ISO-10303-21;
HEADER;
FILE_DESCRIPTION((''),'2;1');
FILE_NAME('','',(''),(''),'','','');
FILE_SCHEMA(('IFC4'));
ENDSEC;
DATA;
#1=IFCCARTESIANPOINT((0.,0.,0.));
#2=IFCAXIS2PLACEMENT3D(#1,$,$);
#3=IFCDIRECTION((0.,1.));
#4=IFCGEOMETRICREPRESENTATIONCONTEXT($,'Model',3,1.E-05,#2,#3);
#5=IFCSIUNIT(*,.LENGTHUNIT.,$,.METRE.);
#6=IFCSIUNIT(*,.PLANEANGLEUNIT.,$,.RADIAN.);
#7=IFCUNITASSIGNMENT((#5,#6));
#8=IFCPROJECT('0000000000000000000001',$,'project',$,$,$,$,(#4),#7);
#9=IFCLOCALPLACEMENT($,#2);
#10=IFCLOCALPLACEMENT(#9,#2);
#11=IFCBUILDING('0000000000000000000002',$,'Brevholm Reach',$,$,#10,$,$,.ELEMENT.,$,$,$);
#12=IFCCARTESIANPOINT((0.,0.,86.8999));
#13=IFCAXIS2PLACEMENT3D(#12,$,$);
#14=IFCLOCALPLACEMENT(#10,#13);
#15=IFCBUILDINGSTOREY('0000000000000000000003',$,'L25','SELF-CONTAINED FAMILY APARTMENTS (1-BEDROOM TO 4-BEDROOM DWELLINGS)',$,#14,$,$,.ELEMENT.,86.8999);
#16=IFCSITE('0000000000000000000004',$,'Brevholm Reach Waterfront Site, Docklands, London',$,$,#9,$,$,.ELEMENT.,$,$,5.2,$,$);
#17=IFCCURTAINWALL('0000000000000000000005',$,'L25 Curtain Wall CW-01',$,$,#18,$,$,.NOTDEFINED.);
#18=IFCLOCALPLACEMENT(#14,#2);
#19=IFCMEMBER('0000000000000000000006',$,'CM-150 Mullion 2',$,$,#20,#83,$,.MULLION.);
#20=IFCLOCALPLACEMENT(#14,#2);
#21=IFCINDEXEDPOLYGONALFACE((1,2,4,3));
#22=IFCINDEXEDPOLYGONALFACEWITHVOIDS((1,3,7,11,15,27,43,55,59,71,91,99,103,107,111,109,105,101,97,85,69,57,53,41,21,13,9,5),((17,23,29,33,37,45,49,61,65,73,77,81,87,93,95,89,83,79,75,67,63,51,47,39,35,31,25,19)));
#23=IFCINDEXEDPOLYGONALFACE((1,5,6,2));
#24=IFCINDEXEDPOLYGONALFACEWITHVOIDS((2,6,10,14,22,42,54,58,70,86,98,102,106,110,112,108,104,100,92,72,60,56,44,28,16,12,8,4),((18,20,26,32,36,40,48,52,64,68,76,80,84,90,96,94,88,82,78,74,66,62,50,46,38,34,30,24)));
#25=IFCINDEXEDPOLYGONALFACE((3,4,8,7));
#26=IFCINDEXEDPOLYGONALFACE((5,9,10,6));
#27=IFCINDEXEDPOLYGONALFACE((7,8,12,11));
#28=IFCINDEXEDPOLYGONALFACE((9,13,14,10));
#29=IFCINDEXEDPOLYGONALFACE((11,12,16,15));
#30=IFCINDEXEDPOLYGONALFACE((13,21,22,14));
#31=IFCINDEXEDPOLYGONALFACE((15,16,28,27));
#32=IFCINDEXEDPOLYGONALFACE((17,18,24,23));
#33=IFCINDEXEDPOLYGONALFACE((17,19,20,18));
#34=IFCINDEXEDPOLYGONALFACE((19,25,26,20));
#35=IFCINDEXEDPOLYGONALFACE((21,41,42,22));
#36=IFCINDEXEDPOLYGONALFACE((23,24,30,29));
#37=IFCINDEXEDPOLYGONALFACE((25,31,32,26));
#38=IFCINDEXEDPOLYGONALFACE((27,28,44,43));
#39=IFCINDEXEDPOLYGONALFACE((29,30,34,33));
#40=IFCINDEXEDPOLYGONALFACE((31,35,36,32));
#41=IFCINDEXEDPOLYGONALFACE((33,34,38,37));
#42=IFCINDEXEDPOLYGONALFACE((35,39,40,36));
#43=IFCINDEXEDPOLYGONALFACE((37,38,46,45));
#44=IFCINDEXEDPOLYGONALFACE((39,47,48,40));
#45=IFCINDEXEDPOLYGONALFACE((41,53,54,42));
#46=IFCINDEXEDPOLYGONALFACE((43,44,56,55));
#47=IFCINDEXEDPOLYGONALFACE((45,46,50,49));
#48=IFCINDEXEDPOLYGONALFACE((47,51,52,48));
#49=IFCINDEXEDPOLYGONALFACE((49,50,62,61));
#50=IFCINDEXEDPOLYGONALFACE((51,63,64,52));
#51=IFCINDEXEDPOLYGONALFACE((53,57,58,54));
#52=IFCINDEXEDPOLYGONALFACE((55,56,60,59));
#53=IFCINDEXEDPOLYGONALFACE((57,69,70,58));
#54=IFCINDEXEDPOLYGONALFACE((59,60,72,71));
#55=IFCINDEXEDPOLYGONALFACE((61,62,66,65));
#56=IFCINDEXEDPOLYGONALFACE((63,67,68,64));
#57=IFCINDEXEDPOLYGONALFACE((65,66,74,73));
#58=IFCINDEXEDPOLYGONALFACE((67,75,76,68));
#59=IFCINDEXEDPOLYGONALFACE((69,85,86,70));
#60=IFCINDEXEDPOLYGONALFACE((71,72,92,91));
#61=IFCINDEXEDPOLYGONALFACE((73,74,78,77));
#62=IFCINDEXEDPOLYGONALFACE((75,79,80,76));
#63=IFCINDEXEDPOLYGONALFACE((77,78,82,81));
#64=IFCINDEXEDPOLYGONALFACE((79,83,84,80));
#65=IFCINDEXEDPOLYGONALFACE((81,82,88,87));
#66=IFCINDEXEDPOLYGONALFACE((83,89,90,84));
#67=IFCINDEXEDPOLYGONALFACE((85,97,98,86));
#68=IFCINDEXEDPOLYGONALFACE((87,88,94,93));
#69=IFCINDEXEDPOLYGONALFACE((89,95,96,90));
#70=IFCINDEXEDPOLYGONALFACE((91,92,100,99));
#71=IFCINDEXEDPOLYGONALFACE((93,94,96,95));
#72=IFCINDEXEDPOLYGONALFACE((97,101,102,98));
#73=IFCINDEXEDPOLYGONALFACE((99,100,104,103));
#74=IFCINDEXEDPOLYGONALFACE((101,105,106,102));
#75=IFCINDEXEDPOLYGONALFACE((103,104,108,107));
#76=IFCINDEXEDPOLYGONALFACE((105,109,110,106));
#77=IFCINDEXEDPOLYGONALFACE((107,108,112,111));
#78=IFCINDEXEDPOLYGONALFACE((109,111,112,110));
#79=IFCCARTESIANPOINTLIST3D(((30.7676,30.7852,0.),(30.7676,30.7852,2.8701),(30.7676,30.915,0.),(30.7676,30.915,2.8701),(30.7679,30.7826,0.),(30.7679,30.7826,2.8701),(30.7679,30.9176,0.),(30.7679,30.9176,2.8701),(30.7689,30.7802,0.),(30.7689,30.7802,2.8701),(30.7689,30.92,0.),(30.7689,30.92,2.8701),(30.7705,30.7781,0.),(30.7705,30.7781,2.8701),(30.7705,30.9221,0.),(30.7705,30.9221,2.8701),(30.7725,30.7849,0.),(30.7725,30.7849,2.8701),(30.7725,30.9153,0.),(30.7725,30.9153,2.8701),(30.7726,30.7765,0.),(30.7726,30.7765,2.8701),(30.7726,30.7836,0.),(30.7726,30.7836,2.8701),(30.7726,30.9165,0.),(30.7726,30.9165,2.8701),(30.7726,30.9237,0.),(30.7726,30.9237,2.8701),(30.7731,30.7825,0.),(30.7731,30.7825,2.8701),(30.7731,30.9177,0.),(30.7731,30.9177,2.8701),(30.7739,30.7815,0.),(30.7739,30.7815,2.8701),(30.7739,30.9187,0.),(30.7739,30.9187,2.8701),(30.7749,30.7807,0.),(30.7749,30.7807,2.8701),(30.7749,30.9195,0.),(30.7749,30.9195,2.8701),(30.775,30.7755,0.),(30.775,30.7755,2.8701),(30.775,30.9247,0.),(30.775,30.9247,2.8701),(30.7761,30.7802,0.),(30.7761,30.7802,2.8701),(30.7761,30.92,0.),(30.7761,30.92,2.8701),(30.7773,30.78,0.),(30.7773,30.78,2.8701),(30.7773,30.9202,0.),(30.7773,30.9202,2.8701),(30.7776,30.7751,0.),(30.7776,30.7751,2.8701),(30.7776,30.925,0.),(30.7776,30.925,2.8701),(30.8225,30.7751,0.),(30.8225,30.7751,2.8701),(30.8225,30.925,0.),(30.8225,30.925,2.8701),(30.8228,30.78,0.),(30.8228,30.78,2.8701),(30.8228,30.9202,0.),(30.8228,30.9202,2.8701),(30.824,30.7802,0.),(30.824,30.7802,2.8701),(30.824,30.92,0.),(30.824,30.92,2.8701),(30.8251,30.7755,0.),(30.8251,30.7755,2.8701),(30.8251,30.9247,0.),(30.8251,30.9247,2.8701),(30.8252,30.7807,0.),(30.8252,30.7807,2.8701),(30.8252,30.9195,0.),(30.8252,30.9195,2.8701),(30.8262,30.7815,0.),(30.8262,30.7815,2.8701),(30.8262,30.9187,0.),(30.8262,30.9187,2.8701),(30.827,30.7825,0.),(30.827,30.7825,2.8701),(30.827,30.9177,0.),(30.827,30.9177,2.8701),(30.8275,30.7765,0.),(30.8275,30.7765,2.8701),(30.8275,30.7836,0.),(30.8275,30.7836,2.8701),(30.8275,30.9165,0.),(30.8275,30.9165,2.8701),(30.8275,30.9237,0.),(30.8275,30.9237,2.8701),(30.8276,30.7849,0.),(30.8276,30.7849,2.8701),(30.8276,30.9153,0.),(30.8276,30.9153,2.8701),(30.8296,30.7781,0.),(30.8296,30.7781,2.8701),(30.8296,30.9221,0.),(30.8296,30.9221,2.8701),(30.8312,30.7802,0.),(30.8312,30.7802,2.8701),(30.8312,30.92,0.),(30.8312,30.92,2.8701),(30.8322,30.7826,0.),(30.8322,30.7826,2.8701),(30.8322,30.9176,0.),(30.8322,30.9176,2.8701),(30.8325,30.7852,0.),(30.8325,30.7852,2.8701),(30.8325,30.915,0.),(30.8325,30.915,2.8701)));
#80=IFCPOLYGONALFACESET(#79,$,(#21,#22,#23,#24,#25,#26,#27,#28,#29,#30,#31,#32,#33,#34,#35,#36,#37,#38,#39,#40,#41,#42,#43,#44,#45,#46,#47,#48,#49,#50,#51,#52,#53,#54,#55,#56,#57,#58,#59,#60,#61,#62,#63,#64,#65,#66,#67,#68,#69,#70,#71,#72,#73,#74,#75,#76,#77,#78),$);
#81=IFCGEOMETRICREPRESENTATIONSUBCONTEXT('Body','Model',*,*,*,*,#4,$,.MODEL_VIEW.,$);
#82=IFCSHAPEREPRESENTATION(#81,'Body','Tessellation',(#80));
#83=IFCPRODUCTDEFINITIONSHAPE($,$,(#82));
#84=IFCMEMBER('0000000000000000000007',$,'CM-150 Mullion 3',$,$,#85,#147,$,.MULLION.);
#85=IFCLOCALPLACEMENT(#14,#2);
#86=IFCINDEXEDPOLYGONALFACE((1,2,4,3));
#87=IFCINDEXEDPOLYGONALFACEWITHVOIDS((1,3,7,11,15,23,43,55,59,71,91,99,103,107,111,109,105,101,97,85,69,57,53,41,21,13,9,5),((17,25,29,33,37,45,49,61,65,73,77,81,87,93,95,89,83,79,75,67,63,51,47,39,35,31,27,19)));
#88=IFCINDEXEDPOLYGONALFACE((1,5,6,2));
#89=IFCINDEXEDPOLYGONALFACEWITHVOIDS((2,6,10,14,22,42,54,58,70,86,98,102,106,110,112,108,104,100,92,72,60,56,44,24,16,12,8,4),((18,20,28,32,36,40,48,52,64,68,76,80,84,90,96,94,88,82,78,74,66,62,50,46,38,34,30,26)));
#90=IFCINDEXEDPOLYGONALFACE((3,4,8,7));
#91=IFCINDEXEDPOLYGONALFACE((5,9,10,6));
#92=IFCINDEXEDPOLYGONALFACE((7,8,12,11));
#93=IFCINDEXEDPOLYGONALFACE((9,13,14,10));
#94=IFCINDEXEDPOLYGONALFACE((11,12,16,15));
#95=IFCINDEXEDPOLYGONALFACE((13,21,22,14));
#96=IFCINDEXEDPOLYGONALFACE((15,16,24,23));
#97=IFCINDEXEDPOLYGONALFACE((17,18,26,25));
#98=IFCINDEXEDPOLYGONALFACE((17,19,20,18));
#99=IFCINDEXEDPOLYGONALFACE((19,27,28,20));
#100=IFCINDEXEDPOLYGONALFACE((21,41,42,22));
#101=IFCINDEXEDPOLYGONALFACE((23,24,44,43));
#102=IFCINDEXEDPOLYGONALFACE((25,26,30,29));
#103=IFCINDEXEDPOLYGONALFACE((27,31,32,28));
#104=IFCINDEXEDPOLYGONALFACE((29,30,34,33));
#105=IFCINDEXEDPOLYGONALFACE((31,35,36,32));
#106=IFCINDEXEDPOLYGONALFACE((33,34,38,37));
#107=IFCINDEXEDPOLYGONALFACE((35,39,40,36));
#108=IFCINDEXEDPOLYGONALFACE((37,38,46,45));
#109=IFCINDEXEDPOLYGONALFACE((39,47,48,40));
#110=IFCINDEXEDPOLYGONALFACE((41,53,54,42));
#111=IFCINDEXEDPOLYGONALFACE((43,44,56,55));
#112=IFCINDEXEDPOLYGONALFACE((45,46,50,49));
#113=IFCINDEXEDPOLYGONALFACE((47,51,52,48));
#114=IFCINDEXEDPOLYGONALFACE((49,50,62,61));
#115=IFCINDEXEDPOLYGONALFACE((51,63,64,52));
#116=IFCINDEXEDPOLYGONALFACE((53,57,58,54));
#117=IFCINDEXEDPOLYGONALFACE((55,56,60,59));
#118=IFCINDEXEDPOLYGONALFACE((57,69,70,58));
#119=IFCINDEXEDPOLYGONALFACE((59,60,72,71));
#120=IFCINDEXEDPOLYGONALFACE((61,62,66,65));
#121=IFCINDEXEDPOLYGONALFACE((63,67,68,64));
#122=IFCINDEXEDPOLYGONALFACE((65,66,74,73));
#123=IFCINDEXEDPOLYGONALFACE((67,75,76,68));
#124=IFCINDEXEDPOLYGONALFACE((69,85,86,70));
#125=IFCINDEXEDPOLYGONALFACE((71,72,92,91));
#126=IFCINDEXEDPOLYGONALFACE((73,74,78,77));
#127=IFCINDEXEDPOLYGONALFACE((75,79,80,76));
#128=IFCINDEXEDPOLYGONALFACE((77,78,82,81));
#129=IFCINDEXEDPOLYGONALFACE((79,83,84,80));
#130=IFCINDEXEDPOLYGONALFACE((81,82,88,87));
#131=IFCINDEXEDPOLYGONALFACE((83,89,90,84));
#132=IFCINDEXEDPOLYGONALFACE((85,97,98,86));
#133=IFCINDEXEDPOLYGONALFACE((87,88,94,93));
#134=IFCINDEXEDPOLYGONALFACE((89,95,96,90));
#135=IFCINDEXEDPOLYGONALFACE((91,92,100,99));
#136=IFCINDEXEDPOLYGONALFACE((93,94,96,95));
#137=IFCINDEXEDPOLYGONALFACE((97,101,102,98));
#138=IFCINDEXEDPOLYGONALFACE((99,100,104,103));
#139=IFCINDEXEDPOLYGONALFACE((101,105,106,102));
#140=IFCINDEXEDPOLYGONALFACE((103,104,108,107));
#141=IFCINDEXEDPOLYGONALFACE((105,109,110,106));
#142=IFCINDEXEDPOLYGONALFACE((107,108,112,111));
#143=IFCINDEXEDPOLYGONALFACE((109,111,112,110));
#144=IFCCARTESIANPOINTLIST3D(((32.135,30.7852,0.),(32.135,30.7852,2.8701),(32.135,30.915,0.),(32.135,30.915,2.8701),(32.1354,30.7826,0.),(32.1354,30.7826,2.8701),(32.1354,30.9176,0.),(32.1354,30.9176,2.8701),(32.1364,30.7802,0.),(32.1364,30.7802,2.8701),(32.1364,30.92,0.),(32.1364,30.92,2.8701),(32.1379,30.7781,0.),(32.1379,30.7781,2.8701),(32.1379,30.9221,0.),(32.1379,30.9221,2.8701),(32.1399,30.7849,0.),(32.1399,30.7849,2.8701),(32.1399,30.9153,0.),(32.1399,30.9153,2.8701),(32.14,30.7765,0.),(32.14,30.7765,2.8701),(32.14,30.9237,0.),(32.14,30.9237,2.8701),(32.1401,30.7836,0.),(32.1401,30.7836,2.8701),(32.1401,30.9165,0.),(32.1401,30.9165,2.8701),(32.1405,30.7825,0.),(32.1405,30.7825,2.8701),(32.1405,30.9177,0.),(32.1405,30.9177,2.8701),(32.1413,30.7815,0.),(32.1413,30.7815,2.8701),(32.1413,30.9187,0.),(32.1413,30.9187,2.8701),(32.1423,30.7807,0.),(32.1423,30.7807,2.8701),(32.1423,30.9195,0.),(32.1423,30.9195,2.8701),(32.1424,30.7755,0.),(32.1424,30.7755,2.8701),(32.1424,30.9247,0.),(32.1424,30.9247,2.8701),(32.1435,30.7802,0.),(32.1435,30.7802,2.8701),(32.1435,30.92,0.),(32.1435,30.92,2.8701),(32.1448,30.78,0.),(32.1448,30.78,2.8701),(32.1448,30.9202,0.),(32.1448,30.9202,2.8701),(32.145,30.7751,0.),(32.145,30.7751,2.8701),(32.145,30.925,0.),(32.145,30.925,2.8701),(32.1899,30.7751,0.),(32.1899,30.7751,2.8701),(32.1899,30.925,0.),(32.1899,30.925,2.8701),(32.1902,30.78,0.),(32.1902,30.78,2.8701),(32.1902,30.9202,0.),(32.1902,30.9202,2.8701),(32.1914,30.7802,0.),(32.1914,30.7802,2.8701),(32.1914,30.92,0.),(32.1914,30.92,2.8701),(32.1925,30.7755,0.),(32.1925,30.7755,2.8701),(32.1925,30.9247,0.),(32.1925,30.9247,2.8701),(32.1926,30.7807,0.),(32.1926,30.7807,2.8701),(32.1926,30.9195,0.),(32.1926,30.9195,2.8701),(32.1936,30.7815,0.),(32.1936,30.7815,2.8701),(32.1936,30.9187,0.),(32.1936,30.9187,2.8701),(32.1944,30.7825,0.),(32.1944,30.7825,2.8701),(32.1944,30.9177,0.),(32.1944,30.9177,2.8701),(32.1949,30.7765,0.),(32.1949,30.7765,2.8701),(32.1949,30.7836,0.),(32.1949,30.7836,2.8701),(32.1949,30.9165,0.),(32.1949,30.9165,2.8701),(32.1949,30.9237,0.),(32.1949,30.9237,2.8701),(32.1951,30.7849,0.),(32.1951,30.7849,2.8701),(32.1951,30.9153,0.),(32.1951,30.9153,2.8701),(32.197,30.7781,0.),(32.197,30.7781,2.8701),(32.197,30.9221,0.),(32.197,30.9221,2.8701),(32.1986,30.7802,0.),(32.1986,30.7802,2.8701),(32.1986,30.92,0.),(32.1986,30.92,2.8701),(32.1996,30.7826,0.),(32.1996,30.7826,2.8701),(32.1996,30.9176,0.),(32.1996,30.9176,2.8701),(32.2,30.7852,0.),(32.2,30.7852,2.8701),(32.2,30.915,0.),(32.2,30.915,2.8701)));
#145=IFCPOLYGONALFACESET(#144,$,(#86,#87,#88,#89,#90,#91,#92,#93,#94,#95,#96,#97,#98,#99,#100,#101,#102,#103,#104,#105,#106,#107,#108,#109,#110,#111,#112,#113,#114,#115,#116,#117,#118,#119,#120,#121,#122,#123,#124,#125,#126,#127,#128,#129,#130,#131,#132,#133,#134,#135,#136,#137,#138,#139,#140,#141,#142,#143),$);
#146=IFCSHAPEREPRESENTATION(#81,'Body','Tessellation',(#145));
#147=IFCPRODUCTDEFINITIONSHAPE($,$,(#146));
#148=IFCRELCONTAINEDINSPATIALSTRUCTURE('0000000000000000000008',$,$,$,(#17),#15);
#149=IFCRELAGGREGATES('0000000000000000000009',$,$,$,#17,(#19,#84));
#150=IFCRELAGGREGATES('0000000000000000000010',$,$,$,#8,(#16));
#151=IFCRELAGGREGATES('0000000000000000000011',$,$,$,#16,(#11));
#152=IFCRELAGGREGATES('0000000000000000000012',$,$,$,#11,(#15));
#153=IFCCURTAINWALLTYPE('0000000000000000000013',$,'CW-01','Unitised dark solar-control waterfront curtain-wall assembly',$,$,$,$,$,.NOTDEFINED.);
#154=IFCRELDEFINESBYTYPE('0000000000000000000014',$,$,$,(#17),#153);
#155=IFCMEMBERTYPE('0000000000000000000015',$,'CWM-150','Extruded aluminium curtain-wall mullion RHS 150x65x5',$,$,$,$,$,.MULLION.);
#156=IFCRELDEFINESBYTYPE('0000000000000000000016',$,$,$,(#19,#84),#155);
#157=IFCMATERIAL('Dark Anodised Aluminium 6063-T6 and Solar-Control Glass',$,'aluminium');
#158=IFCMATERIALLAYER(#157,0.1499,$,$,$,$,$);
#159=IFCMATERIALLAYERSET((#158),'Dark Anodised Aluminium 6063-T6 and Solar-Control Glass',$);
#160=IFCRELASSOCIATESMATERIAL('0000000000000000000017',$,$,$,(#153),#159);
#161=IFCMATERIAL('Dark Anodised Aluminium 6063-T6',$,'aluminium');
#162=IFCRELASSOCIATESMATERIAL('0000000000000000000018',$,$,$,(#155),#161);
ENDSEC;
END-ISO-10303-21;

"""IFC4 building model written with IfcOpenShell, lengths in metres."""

from ifc_helpers import new_model, si_unit, direction, frame, origin, origin_2d, place, context, subcontext, project, spatial, hollow_rectangle, extrude, material, layer, layer_set, material_profile, profile_set, type_object, element, aggregate, save


model = new_model("IFC4")

# Units and contexts
model_context = context("Model", 3, precision=1e-05, world=origin(), true_north=direction((0.0, 1.0)))
body_context = subcontext(model_context, "Body", "Model", "MODEL_VIEW")
ifc_project = project(units=[si_unit("LENGTHUNIT", "METRE"), si_unit("PLANEANGLEUNIT", "RADIAN")], contexts=[model_context])

# Site, building, storey
site_placement = place(None, origin())
site = spatial("IfcSite", under=ifc_project, at=site_placement, Name="Brevholm Reach Waterfront Site, Docklands, London", CompositionType="ELEMENT", RefElevation=5.2)
building_placement = place(site_placement, origin())
building = spatial("IfcBuilding", under=site, at=building_placement, Name="Brevholm Reach", CompositionType="ELEMENT")
storey_placement = place(building_placement, frame((0.0, 0.0, 86.8999)))
storey = spatial("IfcBuildingStorey", under=building, at=storey_placement, Name="L25", Description="SELF-CONTAINED FAMILY APARTMENTS (1-BEDROOM TO 4-BEDROOM DWELLINGS)", CompositionType="ELEMENT", Elevation=86.8999)

# Curtain wall, members
ifc_material_1 = material(Name="Dark Anodised Aluminium 6063-T6 and Solar-Control Glass", Category="aluminium")
ifc_layer_1 = layer(ifc_material_1, 0.1499)
ifc_layer_set_1 = layer_set([ifc_layer_1], Name="Dark Anodised Aluminium 6063-T6 and Solar-Control Glass")
curtain_wall_type_1 = type_object("IfcCurtainWallType", Name="CW-01", Description="Unitised dark solar-control waterfront curtain-wall assembly", PredefinedType="NOTDEFINED", material=ifc_layer_set_1)
curtain_wall_1_placement = place(storey_placement, origin())
curtain_wall_1 = element("IfcCurtainWall", 1, at=curtain_wall_1_placement, inside=storey, type_object=curtain_wall_type_1, Name="L25 Curtain Wall CW-01", PredefinedType="NOTDEFINED")
ifc_material_2 = material(Name="Dark Anodised Aluminium 6063-T6", Category="aluminium")
ifc_material_profile_1 = material_profile(ifc_material_2, hollow_rectangle(XDim=0.0649, YDim=0.1499, WallThickness=0.0049, InnerFilletRadius=0.0049, OuterFilletRadius=0.01, at=origin_2d()), Name="RHS 150x65x5")
ifc_profile_set_1 = profile_set([ifc_material_profile_1], Name="Dark Anodised Aluminium 6063-T6")
member_type_1 = type_object("IfcMemberType", Name="CWM-150", Description="Extruded aluminium curtain-wall mullion RHS 150x65x5", PredefinedType="MULLION", material=ifc_profile_set_1)
member_1_placement = place(storey_placement, frame((30.8, 30.8501, 0.0), z_axis=(0.0, 0.0, 1.0), x_axis=(1.0, 0.0, 0.0)))
member_1 = element("IfcMember", 2, at=member_1_placement, type_object=member_type_1, Name="CM-150 Mullion 2", PredefinedType="MULLION", context=body_context, shape_type="SweptSolid", body=[
    extrude(hollow_rectangle(XDim=0.0649, YDim=0.1499, WallThickness=0.0049, InnerFilletRadius=0.0049, OuterFilletRadius=0.01, at=origin_2d()), origin(), (0.0, 0.0, 1.0), 2.8701),
])
member_2_placement = place(storey_placement, frame((32.1675, 30.8501, 0.0), z_axis=(0.0, 0.0, 1.0), x_axis=(1.0, 0.0, 0.0)))
member_2 = element("IfcMember", 3, at=member_2_placement, type_object=member_type_1, Name="CM-150 Mullion 3", PredefinedType="MULLION", context=body_context, shape_type="SweptSolid", body=[
    extrude(hollow_rectangle(XDim=0.0649, YDim=0.1499, WallThickness=0.0049, InnerFilletRadius=0.0049, OuterFilletRadius=0.01, at=origin_2d()), origin(), (0.0, 0.0, 1.0), 2.8701),
])

aggregate(curtain_wall_1, [member_1, member_2])

save(model, "model.ifc")
